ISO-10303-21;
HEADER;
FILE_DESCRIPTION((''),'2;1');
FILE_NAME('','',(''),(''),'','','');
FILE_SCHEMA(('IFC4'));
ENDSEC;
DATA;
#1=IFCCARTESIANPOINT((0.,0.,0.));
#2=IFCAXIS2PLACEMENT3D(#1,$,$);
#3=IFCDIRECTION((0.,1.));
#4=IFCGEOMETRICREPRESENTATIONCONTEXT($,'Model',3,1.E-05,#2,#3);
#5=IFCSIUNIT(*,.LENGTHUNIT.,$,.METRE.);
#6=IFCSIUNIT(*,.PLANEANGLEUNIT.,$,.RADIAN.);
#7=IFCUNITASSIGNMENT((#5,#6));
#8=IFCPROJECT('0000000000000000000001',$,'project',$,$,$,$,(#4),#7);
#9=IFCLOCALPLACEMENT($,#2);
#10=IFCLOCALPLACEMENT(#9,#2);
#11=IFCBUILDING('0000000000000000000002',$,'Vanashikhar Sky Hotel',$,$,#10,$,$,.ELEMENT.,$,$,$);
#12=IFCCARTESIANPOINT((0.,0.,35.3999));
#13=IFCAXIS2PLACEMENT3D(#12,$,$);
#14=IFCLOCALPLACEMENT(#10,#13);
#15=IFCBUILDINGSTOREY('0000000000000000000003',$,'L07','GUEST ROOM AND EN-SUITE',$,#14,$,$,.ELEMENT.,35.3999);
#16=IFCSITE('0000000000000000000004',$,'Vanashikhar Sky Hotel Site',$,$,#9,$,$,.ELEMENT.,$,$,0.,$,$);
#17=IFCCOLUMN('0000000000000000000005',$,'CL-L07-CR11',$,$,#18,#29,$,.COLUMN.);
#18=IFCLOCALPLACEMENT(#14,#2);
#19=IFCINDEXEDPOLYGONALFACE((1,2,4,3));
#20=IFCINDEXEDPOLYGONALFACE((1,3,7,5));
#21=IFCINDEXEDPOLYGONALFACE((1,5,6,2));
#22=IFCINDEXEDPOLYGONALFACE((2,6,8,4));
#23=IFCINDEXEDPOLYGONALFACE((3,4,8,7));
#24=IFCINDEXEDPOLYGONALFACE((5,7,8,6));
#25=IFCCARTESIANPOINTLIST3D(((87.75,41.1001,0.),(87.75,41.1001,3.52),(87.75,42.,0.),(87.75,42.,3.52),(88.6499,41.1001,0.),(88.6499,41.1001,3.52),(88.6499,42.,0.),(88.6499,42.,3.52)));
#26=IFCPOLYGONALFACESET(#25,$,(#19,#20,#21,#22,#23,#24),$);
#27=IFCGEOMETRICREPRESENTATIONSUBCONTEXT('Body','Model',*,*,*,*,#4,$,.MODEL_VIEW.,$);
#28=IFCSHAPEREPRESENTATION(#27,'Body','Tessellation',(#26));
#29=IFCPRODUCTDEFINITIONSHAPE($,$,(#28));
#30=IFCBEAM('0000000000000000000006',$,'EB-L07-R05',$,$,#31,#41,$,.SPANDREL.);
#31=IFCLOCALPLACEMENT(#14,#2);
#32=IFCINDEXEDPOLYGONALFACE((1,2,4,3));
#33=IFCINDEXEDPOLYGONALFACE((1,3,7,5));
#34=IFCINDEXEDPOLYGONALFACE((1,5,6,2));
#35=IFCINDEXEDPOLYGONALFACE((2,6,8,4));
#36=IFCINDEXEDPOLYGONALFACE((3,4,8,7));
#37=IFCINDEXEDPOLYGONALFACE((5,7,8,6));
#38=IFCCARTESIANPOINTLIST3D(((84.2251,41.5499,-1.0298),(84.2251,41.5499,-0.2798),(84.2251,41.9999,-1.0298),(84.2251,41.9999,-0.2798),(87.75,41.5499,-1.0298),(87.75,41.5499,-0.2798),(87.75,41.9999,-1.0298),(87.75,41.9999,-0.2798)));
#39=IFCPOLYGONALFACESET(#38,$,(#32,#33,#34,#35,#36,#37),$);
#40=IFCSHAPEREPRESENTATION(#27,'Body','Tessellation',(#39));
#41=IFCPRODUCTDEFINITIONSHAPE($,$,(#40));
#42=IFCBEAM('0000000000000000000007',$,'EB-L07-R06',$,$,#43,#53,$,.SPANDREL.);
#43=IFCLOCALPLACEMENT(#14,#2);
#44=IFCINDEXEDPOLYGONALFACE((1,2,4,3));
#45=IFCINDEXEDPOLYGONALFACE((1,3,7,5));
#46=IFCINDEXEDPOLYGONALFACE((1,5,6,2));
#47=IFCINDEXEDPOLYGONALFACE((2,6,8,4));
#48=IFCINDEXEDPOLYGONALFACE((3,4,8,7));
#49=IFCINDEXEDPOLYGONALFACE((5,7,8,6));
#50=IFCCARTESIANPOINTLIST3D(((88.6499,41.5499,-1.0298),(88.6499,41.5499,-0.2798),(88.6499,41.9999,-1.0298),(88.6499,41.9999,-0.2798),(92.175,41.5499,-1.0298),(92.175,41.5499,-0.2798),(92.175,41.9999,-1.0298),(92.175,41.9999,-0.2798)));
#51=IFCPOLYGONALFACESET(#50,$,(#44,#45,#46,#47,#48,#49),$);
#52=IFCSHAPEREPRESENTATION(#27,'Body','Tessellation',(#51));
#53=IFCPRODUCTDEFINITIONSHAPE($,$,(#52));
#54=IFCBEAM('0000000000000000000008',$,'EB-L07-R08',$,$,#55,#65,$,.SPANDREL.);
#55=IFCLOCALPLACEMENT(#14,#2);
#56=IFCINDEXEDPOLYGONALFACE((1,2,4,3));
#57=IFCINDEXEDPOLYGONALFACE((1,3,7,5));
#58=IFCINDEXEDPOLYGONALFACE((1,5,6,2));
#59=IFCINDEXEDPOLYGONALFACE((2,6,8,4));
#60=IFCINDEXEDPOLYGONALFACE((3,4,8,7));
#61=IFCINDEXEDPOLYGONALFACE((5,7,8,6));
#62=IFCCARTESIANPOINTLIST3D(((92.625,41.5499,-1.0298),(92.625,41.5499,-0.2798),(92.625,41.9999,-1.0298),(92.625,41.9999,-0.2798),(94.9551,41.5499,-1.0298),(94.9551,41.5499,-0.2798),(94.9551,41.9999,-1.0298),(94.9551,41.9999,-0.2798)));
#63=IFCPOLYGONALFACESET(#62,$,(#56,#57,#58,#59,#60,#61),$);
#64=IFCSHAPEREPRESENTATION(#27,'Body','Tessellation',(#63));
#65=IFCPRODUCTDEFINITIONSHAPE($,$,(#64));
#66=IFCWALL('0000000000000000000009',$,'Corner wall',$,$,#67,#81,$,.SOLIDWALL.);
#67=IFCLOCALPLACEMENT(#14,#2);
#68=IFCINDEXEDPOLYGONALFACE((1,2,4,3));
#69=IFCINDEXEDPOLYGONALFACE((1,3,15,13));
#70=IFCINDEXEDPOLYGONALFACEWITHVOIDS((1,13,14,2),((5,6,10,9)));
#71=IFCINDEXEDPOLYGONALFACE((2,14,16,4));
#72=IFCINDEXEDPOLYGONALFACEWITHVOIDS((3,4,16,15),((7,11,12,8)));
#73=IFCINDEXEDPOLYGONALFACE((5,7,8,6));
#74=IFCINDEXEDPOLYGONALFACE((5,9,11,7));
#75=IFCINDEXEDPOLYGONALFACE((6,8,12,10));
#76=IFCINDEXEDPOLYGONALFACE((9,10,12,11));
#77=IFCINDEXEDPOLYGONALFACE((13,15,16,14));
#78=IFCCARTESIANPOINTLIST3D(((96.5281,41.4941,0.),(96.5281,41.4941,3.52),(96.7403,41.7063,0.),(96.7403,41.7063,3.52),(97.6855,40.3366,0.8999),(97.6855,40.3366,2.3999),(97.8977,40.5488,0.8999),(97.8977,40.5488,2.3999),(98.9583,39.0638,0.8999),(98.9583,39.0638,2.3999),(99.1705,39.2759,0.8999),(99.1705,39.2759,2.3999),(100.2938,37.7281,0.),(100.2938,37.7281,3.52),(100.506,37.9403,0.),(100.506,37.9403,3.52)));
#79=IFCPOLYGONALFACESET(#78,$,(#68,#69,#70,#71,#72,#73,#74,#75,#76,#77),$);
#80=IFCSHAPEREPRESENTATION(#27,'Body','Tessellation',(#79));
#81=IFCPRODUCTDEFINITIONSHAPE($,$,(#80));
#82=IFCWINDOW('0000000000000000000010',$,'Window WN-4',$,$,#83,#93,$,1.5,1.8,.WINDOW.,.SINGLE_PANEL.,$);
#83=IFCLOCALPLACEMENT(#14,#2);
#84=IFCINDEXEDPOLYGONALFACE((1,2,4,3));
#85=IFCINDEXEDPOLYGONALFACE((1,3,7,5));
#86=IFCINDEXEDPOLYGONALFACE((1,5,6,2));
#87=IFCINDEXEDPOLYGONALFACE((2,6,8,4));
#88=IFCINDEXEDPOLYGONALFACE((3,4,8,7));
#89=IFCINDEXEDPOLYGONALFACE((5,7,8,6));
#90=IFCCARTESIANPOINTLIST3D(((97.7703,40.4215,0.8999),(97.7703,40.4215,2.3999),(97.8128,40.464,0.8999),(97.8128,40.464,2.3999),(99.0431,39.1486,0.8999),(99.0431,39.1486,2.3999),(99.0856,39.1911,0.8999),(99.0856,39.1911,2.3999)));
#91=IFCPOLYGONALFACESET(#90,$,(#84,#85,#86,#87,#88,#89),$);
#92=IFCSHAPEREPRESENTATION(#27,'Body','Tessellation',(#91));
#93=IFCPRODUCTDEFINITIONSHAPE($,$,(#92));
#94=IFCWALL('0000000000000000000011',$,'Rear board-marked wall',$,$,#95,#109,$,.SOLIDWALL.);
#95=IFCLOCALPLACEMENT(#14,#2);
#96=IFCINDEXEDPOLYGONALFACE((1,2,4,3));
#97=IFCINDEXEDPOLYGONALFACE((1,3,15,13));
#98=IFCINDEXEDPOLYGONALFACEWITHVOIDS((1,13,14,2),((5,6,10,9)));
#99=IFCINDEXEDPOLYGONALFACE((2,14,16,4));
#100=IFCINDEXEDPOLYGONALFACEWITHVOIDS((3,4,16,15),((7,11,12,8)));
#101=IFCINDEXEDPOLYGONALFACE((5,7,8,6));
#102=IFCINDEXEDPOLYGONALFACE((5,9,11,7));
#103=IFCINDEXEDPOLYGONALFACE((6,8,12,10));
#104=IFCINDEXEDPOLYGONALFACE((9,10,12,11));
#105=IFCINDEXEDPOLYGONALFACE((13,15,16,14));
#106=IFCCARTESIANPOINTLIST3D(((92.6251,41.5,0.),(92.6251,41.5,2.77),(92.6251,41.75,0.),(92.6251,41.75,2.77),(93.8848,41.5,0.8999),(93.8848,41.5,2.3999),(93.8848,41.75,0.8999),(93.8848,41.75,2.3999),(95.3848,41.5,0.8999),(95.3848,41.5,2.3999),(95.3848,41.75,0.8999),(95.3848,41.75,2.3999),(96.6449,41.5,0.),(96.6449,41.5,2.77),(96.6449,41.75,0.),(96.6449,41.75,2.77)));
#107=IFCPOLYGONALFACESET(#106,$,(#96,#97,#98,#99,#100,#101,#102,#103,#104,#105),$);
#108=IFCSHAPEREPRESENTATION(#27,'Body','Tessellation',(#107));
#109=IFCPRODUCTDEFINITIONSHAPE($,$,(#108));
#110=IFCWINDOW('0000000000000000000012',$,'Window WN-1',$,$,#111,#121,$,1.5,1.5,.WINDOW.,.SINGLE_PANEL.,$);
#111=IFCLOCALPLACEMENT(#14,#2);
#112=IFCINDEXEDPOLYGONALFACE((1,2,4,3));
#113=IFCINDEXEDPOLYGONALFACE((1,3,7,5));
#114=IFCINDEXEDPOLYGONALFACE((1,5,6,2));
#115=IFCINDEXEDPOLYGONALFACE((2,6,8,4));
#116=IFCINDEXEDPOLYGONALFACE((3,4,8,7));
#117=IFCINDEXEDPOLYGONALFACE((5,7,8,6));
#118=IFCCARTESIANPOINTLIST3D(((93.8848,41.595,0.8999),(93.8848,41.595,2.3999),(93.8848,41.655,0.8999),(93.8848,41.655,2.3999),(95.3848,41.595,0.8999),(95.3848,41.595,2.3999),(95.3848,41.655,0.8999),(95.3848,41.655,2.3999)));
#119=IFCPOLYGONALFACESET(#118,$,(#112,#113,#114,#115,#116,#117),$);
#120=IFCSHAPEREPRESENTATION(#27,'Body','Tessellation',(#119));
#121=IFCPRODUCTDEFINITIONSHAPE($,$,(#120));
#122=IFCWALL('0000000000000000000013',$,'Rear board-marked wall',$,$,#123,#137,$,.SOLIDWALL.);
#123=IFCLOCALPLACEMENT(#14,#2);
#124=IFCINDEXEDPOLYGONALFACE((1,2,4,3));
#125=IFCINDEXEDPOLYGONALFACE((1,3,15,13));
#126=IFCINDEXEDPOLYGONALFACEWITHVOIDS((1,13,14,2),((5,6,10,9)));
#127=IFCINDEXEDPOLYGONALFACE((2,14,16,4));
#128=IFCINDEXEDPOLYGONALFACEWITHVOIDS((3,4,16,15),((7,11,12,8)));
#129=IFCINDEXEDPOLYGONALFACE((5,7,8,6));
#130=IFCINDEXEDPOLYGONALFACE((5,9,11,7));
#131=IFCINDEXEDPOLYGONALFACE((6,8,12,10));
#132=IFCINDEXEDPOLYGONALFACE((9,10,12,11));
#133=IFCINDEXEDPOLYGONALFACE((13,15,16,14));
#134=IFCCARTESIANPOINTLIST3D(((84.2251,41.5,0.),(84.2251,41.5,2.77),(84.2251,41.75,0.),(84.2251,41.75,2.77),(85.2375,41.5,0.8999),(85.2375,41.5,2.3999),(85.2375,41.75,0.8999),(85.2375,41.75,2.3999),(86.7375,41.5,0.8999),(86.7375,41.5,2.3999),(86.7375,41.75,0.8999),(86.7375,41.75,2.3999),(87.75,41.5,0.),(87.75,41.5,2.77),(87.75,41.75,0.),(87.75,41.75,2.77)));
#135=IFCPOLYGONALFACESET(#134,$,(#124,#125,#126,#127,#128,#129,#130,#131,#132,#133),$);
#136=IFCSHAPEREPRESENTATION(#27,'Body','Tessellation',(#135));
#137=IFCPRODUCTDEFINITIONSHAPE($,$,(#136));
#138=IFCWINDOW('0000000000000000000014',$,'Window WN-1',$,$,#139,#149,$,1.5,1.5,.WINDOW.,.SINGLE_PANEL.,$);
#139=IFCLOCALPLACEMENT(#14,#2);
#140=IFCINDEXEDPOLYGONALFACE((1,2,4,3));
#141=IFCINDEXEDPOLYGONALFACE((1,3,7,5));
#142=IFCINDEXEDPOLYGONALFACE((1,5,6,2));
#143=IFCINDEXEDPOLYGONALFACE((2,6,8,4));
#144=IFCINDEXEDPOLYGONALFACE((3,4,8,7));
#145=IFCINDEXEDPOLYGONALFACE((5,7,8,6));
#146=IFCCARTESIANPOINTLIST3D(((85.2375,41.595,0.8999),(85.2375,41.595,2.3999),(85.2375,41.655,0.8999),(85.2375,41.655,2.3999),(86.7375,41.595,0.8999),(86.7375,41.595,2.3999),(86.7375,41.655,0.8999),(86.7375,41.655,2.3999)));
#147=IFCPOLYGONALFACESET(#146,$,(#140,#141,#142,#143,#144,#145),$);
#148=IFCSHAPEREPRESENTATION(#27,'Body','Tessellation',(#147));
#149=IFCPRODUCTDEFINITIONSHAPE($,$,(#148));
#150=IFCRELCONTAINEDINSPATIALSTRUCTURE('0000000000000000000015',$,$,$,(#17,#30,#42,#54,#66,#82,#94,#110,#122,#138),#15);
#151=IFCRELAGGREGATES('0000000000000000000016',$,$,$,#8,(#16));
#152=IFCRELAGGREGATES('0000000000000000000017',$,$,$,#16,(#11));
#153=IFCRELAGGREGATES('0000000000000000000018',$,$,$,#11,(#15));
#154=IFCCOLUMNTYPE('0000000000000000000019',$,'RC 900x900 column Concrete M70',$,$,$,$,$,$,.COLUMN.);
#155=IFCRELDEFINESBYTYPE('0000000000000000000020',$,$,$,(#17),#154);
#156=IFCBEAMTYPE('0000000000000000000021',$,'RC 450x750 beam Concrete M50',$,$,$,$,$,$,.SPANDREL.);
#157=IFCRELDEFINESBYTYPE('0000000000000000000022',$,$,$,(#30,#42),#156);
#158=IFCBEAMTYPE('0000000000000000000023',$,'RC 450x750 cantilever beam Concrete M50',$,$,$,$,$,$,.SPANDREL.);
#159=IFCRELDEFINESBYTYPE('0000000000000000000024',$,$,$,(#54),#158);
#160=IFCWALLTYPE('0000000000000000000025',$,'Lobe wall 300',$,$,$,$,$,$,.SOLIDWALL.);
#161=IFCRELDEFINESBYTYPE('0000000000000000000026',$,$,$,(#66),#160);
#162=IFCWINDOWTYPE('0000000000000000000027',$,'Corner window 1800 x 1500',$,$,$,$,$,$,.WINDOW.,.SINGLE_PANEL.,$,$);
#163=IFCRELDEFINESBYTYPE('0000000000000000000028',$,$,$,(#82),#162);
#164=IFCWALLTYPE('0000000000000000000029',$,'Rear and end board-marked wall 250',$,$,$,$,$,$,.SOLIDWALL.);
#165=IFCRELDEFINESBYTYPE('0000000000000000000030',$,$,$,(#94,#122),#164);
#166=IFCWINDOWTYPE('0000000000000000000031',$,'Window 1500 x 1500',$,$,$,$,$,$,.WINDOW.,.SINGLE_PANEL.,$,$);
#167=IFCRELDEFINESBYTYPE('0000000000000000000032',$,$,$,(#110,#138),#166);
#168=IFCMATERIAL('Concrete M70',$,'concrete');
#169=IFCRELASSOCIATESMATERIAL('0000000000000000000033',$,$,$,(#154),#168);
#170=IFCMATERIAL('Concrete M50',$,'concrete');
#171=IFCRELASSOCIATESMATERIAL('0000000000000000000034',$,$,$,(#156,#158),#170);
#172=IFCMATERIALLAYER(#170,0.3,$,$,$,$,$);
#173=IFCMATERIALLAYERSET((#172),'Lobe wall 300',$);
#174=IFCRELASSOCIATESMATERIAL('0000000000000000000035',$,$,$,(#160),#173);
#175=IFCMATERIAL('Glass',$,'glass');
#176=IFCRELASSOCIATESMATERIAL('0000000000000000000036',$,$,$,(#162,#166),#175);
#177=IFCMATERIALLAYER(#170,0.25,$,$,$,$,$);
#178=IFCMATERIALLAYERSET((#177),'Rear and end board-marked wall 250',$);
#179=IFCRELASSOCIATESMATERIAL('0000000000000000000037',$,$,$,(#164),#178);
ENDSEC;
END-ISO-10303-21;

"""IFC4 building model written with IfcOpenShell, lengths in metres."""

from ifc_helpers import new_model, si_unit, direction, frame, frame_2d, origin, origin_2d, place, context, subcontext, project, spatial, rectangle, extrude, source, transform, mapped, material, layer, layer_set, material_profile, profile_set, type_object, element, fill, save


model = new_model("IFC4")

# Units and contexts
model_context = context("Model", 3, precision=1e-05, world=origin(), true_north=direction((0.0, 1.0)))
body_context = subcontext(model_context, "Body", "Model", "MODEL_VIEW")
ifc_project = project(units=[si_unit("LENGTHUNIT", "METRE"), si_unit("PLANEANGLEUNIT", "RADIAN")], contexts=[model_context])

# Site, building, storey
site_placement = place(None, origin())
site = spatial("IfcSite", under=ifc_project, at=site_placement, Name="Vanashikhar Sky Hotel Site", CompositionType="ELEMENT", RefElevation=0.0)
building_placement = place(site_placement, origin())
building = spatial("IfcBuilding", under=site, at=building_placement, Name="Vanashikhar Sky Hotel", CompositionType="ELEMENT")
storey_placement = place(building_placement, frame((0.0, 0.0, 35.3999)))
storey = spatial("IfcBuildingStorey", under=building, at=storey_placement, Name="L07", Description="GUEST ROOM AND EN-SUITE", CompositionType="ELEMENT", Elevation=35.3999)

# Column
ifc_material_1 = material(Name="Concrete M70", Category="concrete")
ifc_material_profile_1 = material_profile(ifc_material_1, rectangle(XDim=0.8999, YDim=0.8999, at=origin_2d()))
ifc_profile_set_1 = profile_set([ifc_material_profile_1], Name="RC 900x900 column Concrete M70")
column_type = type_object("IfcColumnType", Name="RC 900x900 column Concrete M70", PredefinedType="COLUMN", material=ifc_profile_set_1)
shared_shape_1 = source(origin(), body_context, "Body", "SweptSolid", [
    extrude(rectangle(XDim=0.8999, YDim=0.8999, at=origin_2d()), origin(), (0.0, 0.0, 1.0), 3.52),
])
column_placement = place(storey_placement, frame((88.2, 41.55, 0.0), z_axis=(0.0, 0.0, 1.0), x_axis=(1.0, 0.0, 0.0)))
element("IfcColumn", 1, at=column_placement, inside=storey, type_object=column_type, Name="CL-L07-CR11", PredefinedType="COLUMN", context=body_context, shape_type="MappedRepresentation", body=[
    mapped(shared_shape_1, transform((0.0, 0.0, 0.0), scale=1.0)),
])

# Beams
ifc_material_2 = material(Name="Concrete M50", Category="concrete")
ifc_material_profile_2 = material_profile(ifc_material_2, rectangle(XDim=0.45, YDim=0.75, at=origin_2d()))
ifc_profile_set_2 = profile_set([ifc_material_profile_2], Name="RC 450x750 beam Concrete M50")
beam_type_1 = type_object("IfcBeamType", Name="RC 450x750 beam Concrete M50", PredefinedType="SPANDREL", material=ifc_profile_set_2)
shared_shape_2 = source(origin(), body_context, "Body", "SweptSolid", [
    extrude(rectangle(XDim=0.45, YDim=0.75, at=origin_2d()), origin(), (0.0, 0.0, 1.0), 3.5249),
])
beam_1_placement = place(storey_placement, frame((84.2251, 41.7749, -0.6548), z_axis=(1.0, 0.0, 0.0), x_axis=(0.0, 1.0, 0.0)))
element("IfcBeam", 2, at=beam_1_placement, inside=storey, type_object=beam_type_1, Name="EB-L07-R05", PredefinedType="SPANDREL", context=body_context, shape_type="MappedRepresentation", body=[
    mapped(shared_shape_2, transform((0.0, 0.0, 0.0), scale=1.0)),
])
shared_shape_3 = source(origin(), body_context, "Body", "SweptSolid", [
    extrude(rectangle(XDim=0.45, YDim=0.75, at=origin_2d()), origin(), (0.0, 0.0, 1.0), 3.5251),
])
beam_2_placement = place(storey_placement, frame((88.6499, 41.7749, -0.6548), z_axis=(1.0, 0.0, 0.0), x_axis=(0.0, 1.0, 0.0)))
element("IfcBeam", 3, at=beam_2_placement, inside=storey, type_object=beam_type_1, Name="EB-L07-R06", PredefinedType="SPANDREL", context=body_context, shape_type="MappedRepresentation", body=[
    mapped(shared_shape_3, transform((0.0, 0.0, 0.0), scale=1.0)),
])
ifc_material_profile_3 = material_profile(ifc_material_2, rectangle(XDim=0.45, YDim=0.75, at=origin_2d()))
ifc_profile_set_3 = profile_set([ifc_material_profile_3], Name="RC 450x750 cantilever beam Concrete M50")
beam_type_2 = type_object("IfcBeamType", Name="RC 450x750 cantilever beam Concrete M50", PredefinedType="SPANDREL", material=ifc_profile_set_3)
shared_shape_4 = source(origin(), body_context, "Body", "SweptSolid", [
    extrude(rectangle(XDim=0.45, YDim=0.75, at=origin_2d()), origin(), (0.0, 0.0, 1.0), 2.3301),
])
beam_3_placement = place(storey_placement, frame((92.625, 41.7749, -0.6548), z_axis=(1.0, 0.0, 0.0), x_axis=(0.0, 1.0, 0.0)))
element("IfcBeam", 4, at=beam_3_placement, inside=storey, type_object=beam_type_2, Name="EB-L07-R08", PredefinedType="SPANDREL", context=body_context, shape_type="MappedRepresentation", body=[
    mapped(shared_shape_4, transform((0.0, 0.0, 0.0), scale=1.0)),
])

# Walls, openings, windows
ifc_layer_1 = layer(ifc_material_2, 0.3)
ifc_layer_set_1 = layer_set([ifc_layer_1], Name="Lobe wall 300")
wall_type_1 = type_object("IfcWallType", Name="Lobe wall 300", PredefinedType="SOLIDWALL", material=ifc_layer_set_1)
shared_shape_5 = source(origin(), body_context, "Body", "SweptSolid", [
    extrude(rectangle(XDim=5.3257, YDim=0.3, at=frame_2d((2.6628, 0.0))), origin(), (0.0, 0.0, 1.0), 3.52),
])
wall_1_placement = place(storey_placement, frame((100.3999, 37.8342, 0.0), z_axis=(0.0, 0.0, 1.0), x_axis=(-0.707084, 0.70713, 0.0)))
wall_1 = element("IfcWall", 5, at=wall_1_placement, inside=storey, type_object=wall_type_1, Name="Corner wall", PredefinedType="SOLIDWALL", context=body_context, shape_type="MappedRepresentation", body=[
    mapped(shared_shape_5, transform((0.0, 0.0, 0.0), scale=1.0)),
])
shared_shape_6 = source(origin(), body_context, "Body", "SweptSolid", [
    extrude(rectangle(XDim=1.8, YDim=1.5, at=frame_2d((0.8999, 0.75))), frame((0.0, 0.1602, 0.0), z_axis=(0.0, -1.0, 0.0), x_axis=(1.0, 0.0, 0.0)), (0.0, 0.0, 1.0), 0.3201),
])
opening_1_placement = place(wall_1_placement, frame((1.8889, 0.0, 0.8999)))
opening_1 = element("IfcOpeningElement", 6, at=opening_1_placement, cuts=wall_1, PredefinedType="OPENING", context=body_context, shape_type="MappedRepresentation", body=[
    mapped(shared_shape_6, transform((0.0, 0.0, 0.0), scale=1.0)),
])
ifc_material_3 = material(Name="Glass", Category="glass")
window_type_1 = type_object("IfcWindowType", Name="Corner window 1800 x 1500", PartitioningType="SINGLE_PANEL", PredefinedType="WINDOW", material=ifc_material_3)
shared_shape_7 = source(origin(), body_context, "Body", "SweptSolid", [
    extrude(rectangle(XDim=1.8, YDim=1.5, at=frame_2d((0.8999, 0.75))), frame((0.0, 0.03, 0.0), z_axis=(0.0, -1.0, 0.0), x_axis=(1.0, 0.0, 0.0)), (0.0, 0.0, 1.0), 0.0601),
])
window_1_placement = place(opening_1_placement, origin())
window_1 = element("IfcWindow", 7, at=window_1_placement, inside=storey, type_object=window_type_1, Name="Window WN-4", OverallHeight=1.5, OverallWidth=1.8, PartitioningType="SINGLE_PANEL", PredefinedType="WINDOW", context=body_context, shape_type="MappedRepresentation", body=[
    mapped(shared_shape_7, transform((0.0, 0.0, 0.0), scale=1.0)),
])
fill(opening_1, window_1)
ifc_layer_2 = layer(ifc_material_2, 0.25)
ifc_layer_set_2 = layer_set([ifc_layer_2], Name="Rear and end board-marked wall 250")
wall_type_2 = type_object("IfcWallType", Name="Rear and end board-marked wall 250", PredefinedType="SOLIDWALL", material=ifc_layer_set_2)
shared_shape_8 = source(origin(), body_context, "Body", "SweptSolid", [
    extrude(rectangle(XDim=4.0198, YDim=0.25, at=frame_2d((2.0098, 0.0))), origin(), (0.0, 0.0, 1.0), 2.77),
])
wall_2_placement = place(storey_placement, frame((96.6448, 41.625, 0.0), z_axis=(0.0, 0.0, 1.0), x_axis=(-1.0, 0.0, 0.0)))
wall_2 = element("IfcWall", 8, at=wall_2_placement, inside=storey, type_object=wall_type_2, Name="Rear board-marked wall", PredefinedType="SOLIDWALL", context=body_context, shape_type="MappedRepresentation", body=[
    mapped(shared_shape_8, transform((0.0, 0.0, 0.0), scale=1.0)),
])
shared_shape_9 = source(origin(), body_context, "Body", "SweptSolid", [
    extrude(rectangle(XDim=1.5, YDim=1.5, at=frame_2d((0.75, 0.75))), frame((0.0, 0.135, 0.0), z_axis=(0.0, -1.0, 0.0), x_axis=(1.0, 0.0, 0.0)), (0.0, 0.0, 1.0), 0.27),
])
opening_2_placement = place(wall_2_placement, frame((1.26, 0.0, 0.8999)))
opening_2 = element("IfcOpeningElement", 9, at=opening_2_placement, cuts=wall_2, PredefinedType="OPENING", context=body_context, shape_type="MappedRepresentation", body=[
    mapped(shared_shape_9, transform((0.0, 0.0, 0.0), scale=1.0)),
])
window_type_2 = type_object("IfcWindowType", Name="Window 1500 x 1500", PartitioningType="SINGLE_PANEL", PredefinedType="WINDOW", material=ifc_material_3)
shared_shape_10 = source(origin(), body_context, "Body", "SweptSolid", [
    extrude(rectangle(XDim=1.5, YDim=1.5, at=frame_2d((0.75, 0.75))), frame((0.0, 0.03, 0.0), z_axis=(0.0, -1.0, 0.0), x_axis=(1.0, 0.0, 0.0)), (0.0, 0.0, 1.0), 0.0601),
])
window_2_placement = place(opening_2_placement, origin())
window_2 = element("IfcWindow", 10, at=window_2_placement, inside=storey, type_object=window_type_2, Name="Window WN-1", OverallHeight=1.5, OverallWidth=1.5, PartitioningType="SINGLE_PANEL", PredefinedType="WINDOW", context=body_context, shape_type="MappedRepresentation", body=[
    mapped(shared_shape_10, transform((0.0, 0.0, 0.0), scale=1.0)),
])
fill(opening_2, window_2)
shared_shape_11 = source(origin(), body_context, "Body", "SweptSolid", [
    extrude(rectangle(XDim=3.5249, YDim=0.25, at=frame_2d((1.7625, 0.0))), origin(), (0.0, 0.0, 1.0), 2.77),
])
wall_3_placement = place(storey_placement, frame((87.75, 41.625, 0.0), z_axis=(0.0, 0.0, 1.0), x_axis=(-1.0, 0.0, 0.0)))
wall_3 = element("IfcWall", 11, at=wall_3_placement, inside=storey, type_object=wall_type_2, Name="Rear board-marked wall", PredefinedType="SOLIDWALL", context=body_context, shape_type="MappedRepresentation", body=[
    mapped(shared_shape_11, transform((0.0, 0.0, 0.0), scale=1.0)),
])
opening_3_placement = place(wall_3_placement, frame((1.0125, 0.0, 0.8999)))
opening_3 = element("IfcOpeningElement", 12, at=opening_3_placement, cuts=wall_3, PredefinedType="OPENING", context=body_context, shape_type="MappedRepresentation", body=[
    mapped(shared_shape_9, transform((0.0, 0.0, 0.0), scale=1.0)),
])
window_3_placement = place(opening_3_placement, origin())
window_3 = element("IfcWindow", 13, at=window_3_placement, inside=storey, type_object=window_type_2, Name="Window WN-1", OverallHeight=1.5, OverallWidth=1.5, PartitioningType="SINGLE_PANEL", PredefinedType="WINDOW", context=body_context, shape_type="MappedRepresentation", body=[
    mapped(shared_shape_10, transform((0.0, 0.0, 0.0), scale=1.0)),
])
fill(opening_3, window_3)

save(model, "model.ifc")
